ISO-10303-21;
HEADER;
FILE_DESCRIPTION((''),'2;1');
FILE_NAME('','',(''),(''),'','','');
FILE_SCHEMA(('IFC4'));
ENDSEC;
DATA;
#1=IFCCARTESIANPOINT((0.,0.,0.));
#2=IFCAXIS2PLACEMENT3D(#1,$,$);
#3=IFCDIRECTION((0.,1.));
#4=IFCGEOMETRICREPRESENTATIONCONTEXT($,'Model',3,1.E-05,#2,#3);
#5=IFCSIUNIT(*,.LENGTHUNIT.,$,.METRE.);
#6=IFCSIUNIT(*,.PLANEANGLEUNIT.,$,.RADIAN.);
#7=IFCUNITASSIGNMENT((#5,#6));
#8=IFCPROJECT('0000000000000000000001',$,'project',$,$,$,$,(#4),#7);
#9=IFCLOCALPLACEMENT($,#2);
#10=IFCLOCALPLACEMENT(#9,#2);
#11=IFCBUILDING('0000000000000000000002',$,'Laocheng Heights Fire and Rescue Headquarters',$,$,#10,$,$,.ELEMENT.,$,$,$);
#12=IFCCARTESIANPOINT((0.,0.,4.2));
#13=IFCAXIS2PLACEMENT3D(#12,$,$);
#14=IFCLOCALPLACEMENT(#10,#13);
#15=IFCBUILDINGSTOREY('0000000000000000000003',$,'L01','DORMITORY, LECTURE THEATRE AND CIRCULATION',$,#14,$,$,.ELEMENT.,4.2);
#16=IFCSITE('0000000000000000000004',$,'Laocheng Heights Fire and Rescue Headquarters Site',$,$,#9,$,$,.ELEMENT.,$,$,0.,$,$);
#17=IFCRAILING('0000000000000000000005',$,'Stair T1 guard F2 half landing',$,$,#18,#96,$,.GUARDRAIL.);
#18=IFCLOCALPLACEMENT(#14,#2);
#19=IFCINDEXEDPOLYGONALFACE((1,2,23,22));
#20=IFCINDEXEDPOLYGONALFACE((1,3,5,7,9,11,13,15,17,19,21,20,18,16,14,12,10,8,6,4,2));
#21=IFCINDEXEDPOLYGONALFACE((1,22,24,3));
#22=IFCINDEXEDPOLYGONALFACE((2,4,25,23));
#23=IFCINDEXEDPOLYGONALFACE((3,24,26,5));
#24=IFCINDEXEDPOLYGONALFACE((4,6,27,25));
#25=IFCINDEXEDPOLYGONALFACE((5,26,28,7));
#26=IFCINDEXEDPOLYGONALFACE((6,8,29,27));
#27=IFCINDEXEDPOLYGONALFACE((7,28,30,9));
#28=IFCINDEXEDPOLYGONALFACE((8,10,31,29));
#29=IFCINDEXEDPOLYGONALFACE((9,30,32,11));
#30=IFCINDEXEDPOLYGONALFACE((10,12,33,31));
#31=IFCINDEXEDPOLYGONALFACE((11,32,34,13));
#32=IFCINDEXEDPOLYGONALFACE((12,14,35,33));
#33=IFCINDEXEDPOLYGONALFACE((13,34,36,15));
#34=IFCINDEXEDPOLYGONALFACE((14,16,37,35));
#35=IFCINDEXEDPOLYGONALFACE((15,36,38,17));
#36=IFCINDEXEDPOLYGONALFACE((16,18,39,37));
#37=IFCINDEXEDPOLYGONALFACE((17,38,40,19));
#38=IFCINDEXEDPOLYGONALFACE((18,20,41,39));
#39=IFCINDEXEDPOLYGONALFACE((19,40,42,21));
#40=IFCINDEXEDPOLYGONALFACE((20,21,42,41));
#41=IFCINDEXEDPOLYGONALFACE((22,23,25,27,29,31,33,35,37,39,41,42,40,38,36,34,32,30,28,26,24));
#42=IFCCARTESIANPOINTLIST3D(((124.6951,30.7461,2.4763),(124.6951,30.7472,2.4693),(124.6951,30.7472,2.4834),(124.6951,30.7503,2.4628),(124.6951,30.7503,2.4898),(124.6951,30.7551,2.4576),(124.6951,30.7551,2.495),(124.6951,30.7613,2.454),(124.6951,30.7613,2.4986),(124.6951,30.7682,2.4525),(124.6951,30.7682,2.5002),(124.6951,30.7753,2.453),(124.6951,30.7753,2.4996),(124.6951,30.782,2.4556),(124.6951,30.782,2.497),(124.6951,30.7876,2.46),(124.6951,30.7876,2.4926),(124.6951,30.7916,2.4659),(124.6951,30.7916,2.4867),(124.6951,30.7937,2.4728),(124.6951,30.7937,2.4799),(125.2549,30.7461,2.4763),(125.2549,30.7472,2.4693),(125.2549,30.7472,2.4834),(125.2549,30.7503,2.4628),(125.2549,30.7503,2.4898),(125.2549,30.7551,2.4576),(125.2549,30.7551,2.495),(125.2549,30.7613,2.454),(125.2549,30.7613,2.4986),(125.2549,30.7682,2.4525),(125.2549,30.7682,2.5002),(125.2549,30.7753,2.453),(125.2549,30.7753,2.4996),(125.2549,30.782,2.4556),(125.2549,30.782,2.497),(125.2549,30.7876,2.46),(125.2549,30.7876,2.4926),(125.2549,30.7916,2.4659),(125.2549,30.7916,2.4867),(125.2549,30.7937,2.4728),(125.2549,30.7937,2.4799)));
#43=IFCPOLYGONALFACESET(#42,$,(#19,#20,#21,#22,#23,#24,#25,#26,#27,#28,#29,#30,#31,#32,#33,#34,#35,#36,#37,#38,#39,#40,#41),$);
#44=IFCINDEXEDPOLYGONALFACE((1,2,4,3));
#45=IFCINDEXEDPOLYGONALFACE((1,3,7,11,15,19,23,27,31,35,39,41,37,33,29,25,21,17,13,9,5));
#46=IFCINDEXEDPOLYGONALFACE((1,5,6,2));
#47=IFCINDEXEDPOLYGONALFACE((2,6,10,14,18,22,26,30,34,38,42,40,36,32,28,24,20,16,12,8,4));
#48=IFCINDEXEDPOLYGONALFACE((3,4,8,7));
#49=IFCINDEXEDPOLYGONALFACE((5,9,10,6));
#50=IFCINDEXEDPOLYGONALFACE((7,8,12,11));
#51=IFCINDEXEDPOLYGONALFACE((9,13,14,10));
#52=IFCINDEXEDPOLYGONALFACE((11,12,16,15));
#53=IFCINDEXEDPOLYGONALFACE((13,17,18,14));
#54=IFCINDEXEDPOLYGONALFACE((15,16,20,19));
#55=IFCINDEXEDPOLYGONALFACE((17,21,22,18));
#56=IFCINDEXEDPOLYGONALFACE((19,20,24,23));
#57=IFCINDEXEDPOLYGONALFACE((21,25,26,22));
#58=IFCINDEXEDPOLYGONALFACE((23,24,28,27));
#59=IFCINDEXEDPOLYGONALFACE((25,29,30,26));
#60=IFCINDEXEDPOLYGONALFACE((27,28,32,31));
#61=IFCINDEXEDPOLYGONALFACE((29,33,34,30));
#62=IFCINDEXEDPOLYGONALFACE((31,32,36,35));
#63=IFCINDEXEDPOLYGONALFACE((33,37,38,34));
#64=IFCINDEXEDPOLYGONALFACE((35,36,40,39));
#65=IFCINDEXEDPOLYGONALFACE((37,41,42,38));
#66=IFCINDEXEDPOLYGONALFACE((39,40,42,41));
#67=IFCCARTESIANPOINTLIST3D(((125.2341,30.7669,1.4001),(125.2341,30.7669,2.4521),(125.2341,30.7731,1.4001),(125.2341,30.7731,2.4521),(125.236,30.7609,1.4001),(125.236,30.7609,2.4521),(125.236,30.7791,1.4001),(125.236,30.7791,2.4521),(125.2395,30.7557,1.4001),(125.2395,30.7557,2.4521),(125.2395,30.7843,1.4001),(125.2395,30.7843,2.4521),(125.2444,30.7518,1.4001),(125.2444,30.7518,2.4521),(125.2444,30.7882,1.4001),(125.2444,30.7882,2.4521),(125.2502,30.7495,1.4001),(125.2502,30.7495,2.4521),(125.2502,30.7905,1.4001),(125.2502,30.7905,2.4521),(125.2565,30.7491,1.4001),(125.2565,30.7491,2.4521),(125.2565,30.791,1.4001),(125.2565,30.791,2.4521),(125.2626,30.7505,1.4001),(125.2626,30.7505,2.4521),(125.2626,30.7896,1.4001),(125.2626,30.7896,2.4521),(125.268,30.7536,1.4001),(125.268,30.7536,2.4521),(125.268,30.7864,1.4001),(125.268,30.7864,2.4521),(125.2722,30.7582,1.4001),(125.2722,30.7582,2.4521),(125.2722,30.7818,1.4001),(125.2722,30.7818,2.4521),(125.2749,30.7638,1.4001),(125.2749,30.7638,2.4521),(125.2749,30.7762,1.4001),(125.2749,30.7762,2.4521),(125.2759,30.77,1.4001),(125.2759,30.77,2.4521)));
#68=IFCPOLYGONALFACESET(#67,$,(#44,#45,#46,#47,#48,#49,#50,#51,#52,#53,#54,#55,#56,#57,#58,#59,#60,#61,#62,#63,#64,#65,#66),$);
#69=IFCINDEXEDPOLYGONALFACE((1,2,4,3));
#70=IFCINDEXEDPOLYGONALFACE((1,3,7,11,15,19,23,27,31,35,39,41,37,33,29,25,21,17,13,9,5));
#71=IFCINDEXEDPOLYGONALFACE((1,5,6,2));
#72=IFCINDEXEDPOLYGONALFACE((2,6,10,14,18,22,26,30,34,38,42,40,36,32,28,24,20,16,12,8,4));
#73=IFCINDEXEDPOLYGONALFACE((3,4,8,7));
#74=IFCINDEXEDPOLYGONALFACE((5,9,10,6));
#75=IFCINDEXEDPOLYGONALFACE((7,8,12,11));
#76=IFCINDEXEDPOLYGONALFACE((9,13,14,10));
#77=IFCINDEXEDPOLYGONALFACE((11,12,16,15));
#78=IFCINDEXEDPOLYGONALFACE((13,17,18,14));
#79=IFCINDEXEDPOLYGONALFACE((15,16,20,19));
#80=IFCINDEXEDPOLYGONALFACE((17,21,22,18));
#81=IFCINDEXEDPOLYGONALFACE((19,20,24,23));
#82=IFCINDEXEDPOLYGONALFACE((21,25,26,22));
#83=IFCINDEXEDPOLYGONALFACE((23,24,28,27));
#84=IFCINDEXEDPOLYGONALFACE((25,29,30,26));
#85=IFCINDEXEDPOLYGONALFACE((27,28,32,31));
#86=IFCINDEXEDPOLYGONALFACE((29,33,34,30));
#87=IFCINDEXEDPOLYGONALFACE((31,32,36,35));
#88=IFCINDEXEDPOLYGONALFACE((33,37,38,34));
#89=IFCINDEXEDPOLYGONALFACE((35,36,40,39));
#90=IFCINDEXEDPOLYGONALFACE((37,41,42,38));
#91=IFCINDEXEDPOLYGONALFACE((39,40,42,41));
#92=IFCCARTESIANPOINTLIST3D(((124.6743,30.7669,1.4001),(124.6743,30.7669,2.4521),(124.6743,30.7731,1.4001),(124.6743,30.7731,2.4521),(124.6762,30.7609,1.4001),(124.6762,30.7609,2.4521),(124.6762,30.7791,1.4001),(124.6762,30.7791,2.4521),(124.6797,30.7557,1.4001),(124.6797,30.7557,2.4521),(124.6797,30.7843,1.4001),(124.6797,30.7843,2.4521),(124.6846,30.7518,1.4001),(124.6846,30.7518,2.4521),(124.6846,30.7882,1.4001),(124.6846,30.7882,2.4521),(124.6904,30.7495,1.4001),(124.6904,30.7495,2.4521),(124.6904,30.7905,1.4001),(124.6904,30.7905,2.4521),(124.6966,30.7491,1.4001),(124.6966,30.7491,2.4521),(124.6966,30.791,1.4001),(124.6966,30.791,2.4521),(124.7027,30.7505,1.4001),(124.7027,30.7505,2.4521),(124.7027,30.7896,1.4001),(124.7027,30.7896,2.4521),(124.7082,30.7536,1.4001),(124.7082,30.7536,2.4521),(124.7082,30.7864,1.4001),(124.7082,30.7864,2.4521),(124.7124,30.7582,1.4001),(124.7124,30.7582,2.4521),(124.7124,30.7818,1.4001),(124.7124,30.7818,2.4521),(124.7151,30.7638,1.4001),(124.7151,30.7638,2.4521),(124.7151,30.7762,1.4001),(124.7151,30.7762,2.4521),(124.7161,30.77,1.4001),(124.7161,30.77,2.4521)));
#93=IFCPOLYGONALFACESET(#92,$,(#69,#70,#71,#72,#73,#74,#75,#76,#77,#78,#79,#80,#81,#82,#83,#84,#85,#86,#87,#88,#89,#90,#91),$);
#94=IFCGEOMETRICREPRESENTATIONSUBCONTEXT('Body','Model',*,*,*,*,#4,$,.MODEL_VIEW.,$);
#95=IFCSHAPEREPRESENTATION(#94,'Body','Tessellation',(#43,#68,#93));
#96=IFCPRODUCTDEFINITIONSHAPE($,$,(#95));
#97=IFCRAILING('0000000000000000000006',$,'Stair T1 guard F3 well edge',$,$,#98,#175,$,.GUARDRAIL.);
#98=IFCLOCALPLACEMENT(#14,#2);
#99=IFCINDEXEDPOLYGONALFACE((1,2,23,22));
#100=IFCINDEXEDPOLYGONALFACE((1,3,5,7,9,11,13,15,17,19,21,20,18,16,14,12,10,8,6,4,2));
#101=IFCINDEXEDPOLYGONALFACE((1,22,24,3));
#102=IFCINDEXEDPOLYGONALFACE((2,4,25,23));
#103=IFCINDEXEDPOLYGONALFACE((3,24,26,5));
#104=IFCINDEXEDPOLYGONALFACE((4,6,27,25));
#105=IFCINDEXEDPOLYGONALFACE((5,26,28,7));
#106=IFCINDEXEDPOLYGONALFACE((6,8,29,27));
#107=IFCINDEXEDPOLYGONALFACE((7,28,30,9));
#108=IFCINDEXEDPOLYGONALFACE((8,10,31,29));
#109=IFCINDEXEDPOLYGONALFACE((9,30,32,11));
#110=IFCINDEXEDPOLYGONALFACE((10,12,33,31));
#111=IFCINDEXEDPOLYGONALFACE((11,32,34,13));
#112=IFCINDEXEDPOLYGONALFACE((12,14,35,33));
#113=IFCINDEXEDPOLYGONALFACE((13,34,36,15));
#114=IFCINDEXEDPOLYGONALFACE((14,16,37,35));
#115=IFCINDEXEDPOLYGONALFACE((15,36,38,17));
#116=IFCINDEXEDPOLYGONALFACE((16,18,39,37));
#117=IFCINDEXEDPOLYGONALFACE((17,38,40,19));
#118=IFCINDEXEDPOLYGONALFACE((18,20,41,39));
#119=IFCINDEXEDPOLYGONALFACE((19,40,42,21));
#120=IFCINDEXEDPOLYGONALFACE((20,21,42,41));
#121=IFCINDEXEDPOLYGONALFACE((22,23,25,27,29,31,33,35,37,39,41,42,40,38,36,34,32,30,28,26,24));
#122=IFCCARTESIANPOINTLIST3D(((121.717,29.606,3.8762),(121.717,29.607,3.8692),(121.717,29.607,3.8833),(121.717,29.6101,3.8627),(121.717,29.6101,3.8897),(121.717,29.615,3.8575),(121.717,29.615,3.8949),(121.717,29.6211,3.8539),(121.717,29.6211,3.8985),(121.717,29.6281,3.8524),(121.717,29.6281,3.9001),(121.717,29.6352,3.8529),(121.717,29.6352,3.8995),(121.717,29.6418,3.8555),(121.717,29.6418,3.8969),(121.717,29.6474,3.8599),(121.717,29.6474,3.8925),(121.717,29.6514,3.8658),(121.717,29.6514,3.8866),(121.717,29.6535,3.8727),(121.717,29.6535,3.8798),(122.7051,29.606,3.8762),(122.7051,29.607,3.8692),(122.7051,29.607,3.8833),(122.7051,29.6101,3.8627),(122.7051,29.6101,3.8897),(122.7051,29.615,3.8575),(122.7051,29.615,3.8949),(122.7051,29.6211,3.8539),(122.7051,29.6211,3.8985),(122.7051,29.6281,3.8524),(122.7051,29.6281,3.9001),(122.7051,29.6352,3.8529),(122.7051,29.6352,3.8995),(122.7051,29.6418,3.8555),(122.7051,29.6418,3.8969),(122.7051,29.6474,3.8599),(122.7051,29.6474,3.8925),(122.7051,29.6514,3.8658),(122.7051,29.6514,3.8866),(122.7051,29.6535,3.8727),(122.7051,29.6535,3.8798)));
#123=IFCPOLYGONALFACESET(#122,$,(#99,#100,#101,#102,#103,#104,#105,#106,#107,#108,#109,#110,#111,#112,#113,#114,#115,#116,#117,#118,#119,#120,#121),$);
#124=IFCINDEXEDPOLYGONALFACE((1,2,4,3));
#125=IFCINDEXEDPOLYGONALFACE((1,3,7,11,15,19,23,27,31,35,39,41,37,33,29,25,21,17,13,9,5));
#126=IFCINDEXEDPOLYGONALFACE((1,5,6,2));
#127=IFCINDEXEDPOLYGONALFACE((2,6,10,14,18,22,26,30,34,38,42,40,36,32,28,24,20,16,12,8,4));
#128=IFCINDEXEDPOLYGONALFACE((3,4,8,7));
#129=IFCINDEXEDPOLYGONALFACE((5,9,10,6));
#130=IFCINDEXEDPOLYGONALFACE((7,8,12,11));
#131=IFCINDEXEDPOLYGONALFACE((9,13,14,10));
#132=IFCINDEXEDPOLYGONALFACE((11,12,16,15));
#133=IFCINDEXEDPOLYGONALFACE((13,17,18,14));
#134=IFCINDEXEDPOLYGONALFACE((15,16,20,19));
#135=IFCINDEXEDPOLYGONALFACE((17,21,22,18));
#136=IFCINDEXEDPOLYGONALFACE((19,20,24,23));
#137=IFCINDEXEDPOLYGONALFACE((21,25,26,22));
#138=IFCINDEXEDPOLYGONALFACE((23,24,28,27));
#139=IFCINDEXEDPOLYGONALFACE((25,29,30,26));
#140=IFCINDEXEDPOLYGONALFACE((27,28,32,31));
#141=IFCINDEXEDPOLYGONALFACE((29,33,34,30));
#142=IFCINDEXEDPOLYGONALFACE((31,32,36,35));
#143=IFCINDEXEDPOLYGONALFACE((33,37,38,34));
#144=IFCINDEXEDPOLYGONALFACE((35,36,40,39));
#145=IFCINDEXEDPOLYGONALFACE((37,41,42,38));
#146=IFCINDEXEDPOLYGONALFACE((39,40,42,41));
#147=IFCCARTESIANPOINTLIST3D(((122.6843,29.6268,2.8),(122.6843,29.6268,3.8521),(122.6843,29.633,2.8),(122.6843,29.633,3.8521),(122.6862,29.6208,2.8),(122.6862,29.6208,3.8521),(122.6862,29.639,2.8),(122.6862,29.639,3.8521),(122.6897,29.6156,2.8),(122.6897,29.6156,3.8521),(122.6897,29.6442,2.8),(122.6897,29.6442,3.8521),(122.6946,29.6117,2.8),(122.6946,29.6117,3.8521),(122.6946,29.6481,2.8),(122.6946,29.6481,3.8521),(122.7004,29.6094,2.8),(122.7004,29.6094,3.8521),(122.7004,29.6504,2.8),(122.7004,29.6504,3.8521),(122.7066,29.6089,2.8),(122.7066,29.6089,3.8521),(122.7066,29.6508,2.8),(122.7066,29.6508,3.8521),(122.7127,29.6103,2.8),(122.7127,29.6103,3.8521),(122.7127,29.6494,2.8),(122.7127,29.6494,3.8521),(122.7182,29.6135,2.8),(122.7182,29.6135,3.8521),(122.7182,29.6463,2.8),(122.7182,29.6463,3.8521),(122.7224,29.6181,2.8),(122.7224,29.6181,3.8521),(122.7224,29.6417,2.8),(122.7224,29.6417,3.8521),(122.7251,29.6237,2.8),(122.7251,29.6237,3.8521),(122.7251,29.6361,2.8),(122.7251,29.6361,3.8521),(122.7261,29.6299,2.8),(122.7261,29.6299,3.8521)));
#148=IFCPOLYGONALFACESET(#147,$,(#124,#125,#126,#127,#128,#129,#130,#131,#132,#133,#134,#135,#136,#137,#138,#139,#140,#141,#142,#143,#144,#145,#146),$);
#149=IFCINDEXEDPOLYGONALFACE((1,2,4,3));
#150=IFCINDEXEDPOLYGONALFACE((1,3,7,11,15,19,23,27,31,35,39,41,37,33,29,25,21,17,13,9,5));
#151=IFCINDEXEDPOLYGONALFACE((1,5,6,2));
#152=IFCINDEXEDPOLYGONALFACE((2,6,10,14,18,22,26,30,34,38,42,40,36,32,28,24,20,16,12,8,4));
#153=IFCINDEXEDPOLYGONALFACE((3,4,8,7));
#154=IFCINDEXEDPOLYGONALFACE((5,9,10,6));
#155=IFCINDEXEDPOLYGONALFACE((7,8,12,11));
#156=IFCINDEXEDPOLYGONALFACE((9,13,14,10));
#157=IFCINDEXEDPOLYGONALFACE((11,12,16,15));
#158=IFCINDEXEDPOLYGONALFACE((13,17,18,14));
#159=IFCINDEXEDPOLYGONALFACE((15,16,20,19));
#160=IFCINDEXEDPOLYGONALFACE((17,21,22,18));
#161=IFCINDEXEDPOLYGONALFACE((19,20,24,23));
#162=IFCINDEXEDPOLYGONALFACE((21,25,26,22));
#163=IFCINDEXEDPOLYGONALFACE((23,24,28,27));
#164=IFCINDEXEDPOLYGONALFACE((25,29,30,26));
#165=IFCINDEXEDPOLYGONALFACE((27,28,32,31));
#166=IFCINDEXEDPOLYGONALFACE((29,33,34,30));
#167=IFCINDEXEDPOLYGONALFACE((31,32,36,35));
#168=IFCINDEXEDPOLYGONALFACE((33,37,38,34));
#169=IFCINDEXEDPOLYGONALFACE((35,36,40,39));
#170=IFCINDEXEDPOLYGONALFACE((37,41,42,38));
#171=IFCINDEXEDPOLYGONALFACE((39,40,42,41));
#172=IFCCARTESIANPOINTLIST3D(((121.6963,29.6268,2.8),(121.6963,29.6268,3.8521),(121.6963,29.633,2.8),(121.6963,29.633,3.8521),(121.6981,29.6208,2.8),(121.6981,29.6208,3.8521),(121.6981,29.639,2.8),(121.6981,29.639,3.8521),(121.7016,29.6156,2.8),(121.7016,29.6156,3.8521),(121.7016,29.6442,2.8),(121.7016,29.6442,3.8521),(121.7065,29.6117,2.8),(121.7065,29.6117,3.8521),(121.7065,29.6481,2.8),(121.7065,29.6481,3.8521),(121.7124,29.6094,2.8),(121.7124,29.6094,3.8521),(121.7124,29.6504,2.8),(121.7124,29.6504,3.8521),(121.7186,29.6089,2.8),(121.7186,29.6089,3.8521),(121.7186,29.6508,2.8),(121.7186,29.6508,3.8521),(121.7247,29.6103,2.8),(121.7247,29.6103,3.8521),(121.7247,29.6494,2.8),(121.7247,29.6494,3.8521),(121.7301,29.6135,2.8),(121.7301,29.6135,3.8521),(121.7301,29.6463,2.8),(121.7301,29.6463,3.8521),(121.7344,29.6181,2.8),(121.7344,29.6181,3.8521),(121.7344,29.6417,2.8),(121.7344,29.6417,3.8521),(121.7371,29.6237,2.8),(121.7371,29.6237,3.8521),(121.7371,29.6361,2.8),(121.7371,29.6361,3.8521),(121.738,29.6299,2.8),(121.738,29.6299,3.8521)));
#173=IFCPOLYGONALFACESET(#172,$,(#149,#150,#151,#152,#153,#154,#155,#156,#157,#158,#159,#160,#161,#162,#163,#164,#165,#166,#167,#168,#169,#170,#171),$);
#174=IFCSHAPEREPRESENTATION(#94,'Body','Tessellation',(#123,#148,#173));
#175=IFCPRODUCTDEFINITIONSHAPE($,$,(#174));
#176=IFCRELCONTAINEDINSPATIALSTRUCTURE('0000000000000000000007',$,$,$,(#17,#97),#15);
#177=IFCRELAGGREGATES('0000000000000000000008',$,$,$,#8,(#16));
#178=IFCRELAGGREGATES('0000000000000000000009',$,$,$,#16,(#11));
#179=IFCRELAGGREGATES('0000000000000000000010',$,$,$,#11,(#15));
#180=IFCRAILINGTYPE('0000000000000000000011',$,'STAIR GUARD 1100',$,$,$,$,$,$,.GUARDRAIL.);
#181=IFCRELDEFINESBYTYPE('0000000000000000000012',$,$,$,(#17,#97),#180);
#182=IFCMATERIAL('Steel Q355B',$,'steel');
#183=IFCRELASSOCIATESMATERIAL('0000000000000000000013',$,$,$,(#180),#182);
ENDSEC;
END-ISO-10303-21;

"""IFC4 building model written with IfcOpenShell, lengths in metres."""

from ifc_helpers import new_model, si_unit, direction, frame, origin, origin_2d, place, context, subcontext, project, spatial, circle, extrude, material, type_object, element, save


model = new_model("IFC4")

# Units and contexts
model_context = context("Model", 3, precision=1e-05, world=origin(), true_north=direction((0.0, 1.0)))
body_context = subcontext(model_context, "Body", "Model", "MODEL_VIEW")
ifc_project = project(units=[si_unit("LENGTHUNIT", "METRE"), si_unit("PLANEANGLEUNIT", "RADIAN")], contexts=[model_context])

# Site, building, storey
site_placement = place(None, origin())
site = spatial("IfcSite", under=ifc_project, at=site_placement, Name="Laocheng Heights Fire and Rescue Headquarters Site", CompositionType="ELEMENT", RefElevation=0.0)
building_placement = place(site_placement, origin())
building = spatial("IfcBuilding", under=site, at=building_placement, Name="Laocheng Heights Fire and Rescue Headquarters", CompositionType="ELEMENT")
storey_placement = place(building_placement, frame((0.0, 0.0, 4.2)))
storey = spatial("IfcBuildingStorey", under=building, at=storey_placement, Name="L01", Description="DORMITORY, LECTURE THEATRE AND CIRCULATION", CompositionType="ELEMENT", Elevation=4.2)

# Railings
ifc_material_1 = material(Name="Steel Q355B", Category="steel")
railing_type_1 = type_object("IfcRailingType", Name="STAIR GUARD 1100", PredefinedType="GUARDRAIL", material=ifc_material_1)
railing_1_placement = place(storey_placement, frame((125.2549, 30.77, 1.4001)))
element("IfcRailing", 1, at=railing_1_placement, inside=storey, type_object=railing_type_1, Name="Stair T1 guard F2 half landing", PredefinedType="GUARDRAIL", context=body_context, shape_type="SweptSolid", body=[
    extrude(circle(Radius=0.0239, at=origin_2d()), frame((0.0, 0.0, 1.0762), z_axis=(-1.0, 0.0, 0.0), x_axis=(0.0, -1.0, 0.0)), (0.0, 0.0, 1.0), 0.5598),
    extrude(circle(Radius=0.021, at=origin_2d()), origin(), (0.0, 0.0, 1.0), 1.052),
    extrude(circle(Radius=0.021, at=origin_2d()), frame((-0.5598, 0.0, 0.0)), (0.0, 0.0, 1.0), 1.052),
])
railing_2_placement = place(storey_placement, frame((122.7051, 29.6299, 2.8)))
element("IfcRailing", 2, at=railing_2_placement, inside=storey, type_object=railing_type_1, Name="Stair T1 guard F3 well edge", PredefinedType="GUARDRAIL", context=body_context, shape_type="SweptSolid", body=[
    extrude(circle(Radius=0.0239, at=origin_2d()), frame((0.0, 0.0, 1.0762), z_axis=(-1.0, 0.0, 0.0), x_axis=(0.0, -1.0, 0.0)), (0.0, 0.0, 1.0), 0.988),
    extrude(circle(Radius=0.021, at=origin_2d()), origin(), (0.0, 0.0, 1.0), 1.052),
    extrude(circle(Radius=0.021, at=origin_2d()), frame((-0.988, 0.0, 0.0)), (0.0, 0.0, 1.0), 1.052),
])

save(model, "model.ifc")
